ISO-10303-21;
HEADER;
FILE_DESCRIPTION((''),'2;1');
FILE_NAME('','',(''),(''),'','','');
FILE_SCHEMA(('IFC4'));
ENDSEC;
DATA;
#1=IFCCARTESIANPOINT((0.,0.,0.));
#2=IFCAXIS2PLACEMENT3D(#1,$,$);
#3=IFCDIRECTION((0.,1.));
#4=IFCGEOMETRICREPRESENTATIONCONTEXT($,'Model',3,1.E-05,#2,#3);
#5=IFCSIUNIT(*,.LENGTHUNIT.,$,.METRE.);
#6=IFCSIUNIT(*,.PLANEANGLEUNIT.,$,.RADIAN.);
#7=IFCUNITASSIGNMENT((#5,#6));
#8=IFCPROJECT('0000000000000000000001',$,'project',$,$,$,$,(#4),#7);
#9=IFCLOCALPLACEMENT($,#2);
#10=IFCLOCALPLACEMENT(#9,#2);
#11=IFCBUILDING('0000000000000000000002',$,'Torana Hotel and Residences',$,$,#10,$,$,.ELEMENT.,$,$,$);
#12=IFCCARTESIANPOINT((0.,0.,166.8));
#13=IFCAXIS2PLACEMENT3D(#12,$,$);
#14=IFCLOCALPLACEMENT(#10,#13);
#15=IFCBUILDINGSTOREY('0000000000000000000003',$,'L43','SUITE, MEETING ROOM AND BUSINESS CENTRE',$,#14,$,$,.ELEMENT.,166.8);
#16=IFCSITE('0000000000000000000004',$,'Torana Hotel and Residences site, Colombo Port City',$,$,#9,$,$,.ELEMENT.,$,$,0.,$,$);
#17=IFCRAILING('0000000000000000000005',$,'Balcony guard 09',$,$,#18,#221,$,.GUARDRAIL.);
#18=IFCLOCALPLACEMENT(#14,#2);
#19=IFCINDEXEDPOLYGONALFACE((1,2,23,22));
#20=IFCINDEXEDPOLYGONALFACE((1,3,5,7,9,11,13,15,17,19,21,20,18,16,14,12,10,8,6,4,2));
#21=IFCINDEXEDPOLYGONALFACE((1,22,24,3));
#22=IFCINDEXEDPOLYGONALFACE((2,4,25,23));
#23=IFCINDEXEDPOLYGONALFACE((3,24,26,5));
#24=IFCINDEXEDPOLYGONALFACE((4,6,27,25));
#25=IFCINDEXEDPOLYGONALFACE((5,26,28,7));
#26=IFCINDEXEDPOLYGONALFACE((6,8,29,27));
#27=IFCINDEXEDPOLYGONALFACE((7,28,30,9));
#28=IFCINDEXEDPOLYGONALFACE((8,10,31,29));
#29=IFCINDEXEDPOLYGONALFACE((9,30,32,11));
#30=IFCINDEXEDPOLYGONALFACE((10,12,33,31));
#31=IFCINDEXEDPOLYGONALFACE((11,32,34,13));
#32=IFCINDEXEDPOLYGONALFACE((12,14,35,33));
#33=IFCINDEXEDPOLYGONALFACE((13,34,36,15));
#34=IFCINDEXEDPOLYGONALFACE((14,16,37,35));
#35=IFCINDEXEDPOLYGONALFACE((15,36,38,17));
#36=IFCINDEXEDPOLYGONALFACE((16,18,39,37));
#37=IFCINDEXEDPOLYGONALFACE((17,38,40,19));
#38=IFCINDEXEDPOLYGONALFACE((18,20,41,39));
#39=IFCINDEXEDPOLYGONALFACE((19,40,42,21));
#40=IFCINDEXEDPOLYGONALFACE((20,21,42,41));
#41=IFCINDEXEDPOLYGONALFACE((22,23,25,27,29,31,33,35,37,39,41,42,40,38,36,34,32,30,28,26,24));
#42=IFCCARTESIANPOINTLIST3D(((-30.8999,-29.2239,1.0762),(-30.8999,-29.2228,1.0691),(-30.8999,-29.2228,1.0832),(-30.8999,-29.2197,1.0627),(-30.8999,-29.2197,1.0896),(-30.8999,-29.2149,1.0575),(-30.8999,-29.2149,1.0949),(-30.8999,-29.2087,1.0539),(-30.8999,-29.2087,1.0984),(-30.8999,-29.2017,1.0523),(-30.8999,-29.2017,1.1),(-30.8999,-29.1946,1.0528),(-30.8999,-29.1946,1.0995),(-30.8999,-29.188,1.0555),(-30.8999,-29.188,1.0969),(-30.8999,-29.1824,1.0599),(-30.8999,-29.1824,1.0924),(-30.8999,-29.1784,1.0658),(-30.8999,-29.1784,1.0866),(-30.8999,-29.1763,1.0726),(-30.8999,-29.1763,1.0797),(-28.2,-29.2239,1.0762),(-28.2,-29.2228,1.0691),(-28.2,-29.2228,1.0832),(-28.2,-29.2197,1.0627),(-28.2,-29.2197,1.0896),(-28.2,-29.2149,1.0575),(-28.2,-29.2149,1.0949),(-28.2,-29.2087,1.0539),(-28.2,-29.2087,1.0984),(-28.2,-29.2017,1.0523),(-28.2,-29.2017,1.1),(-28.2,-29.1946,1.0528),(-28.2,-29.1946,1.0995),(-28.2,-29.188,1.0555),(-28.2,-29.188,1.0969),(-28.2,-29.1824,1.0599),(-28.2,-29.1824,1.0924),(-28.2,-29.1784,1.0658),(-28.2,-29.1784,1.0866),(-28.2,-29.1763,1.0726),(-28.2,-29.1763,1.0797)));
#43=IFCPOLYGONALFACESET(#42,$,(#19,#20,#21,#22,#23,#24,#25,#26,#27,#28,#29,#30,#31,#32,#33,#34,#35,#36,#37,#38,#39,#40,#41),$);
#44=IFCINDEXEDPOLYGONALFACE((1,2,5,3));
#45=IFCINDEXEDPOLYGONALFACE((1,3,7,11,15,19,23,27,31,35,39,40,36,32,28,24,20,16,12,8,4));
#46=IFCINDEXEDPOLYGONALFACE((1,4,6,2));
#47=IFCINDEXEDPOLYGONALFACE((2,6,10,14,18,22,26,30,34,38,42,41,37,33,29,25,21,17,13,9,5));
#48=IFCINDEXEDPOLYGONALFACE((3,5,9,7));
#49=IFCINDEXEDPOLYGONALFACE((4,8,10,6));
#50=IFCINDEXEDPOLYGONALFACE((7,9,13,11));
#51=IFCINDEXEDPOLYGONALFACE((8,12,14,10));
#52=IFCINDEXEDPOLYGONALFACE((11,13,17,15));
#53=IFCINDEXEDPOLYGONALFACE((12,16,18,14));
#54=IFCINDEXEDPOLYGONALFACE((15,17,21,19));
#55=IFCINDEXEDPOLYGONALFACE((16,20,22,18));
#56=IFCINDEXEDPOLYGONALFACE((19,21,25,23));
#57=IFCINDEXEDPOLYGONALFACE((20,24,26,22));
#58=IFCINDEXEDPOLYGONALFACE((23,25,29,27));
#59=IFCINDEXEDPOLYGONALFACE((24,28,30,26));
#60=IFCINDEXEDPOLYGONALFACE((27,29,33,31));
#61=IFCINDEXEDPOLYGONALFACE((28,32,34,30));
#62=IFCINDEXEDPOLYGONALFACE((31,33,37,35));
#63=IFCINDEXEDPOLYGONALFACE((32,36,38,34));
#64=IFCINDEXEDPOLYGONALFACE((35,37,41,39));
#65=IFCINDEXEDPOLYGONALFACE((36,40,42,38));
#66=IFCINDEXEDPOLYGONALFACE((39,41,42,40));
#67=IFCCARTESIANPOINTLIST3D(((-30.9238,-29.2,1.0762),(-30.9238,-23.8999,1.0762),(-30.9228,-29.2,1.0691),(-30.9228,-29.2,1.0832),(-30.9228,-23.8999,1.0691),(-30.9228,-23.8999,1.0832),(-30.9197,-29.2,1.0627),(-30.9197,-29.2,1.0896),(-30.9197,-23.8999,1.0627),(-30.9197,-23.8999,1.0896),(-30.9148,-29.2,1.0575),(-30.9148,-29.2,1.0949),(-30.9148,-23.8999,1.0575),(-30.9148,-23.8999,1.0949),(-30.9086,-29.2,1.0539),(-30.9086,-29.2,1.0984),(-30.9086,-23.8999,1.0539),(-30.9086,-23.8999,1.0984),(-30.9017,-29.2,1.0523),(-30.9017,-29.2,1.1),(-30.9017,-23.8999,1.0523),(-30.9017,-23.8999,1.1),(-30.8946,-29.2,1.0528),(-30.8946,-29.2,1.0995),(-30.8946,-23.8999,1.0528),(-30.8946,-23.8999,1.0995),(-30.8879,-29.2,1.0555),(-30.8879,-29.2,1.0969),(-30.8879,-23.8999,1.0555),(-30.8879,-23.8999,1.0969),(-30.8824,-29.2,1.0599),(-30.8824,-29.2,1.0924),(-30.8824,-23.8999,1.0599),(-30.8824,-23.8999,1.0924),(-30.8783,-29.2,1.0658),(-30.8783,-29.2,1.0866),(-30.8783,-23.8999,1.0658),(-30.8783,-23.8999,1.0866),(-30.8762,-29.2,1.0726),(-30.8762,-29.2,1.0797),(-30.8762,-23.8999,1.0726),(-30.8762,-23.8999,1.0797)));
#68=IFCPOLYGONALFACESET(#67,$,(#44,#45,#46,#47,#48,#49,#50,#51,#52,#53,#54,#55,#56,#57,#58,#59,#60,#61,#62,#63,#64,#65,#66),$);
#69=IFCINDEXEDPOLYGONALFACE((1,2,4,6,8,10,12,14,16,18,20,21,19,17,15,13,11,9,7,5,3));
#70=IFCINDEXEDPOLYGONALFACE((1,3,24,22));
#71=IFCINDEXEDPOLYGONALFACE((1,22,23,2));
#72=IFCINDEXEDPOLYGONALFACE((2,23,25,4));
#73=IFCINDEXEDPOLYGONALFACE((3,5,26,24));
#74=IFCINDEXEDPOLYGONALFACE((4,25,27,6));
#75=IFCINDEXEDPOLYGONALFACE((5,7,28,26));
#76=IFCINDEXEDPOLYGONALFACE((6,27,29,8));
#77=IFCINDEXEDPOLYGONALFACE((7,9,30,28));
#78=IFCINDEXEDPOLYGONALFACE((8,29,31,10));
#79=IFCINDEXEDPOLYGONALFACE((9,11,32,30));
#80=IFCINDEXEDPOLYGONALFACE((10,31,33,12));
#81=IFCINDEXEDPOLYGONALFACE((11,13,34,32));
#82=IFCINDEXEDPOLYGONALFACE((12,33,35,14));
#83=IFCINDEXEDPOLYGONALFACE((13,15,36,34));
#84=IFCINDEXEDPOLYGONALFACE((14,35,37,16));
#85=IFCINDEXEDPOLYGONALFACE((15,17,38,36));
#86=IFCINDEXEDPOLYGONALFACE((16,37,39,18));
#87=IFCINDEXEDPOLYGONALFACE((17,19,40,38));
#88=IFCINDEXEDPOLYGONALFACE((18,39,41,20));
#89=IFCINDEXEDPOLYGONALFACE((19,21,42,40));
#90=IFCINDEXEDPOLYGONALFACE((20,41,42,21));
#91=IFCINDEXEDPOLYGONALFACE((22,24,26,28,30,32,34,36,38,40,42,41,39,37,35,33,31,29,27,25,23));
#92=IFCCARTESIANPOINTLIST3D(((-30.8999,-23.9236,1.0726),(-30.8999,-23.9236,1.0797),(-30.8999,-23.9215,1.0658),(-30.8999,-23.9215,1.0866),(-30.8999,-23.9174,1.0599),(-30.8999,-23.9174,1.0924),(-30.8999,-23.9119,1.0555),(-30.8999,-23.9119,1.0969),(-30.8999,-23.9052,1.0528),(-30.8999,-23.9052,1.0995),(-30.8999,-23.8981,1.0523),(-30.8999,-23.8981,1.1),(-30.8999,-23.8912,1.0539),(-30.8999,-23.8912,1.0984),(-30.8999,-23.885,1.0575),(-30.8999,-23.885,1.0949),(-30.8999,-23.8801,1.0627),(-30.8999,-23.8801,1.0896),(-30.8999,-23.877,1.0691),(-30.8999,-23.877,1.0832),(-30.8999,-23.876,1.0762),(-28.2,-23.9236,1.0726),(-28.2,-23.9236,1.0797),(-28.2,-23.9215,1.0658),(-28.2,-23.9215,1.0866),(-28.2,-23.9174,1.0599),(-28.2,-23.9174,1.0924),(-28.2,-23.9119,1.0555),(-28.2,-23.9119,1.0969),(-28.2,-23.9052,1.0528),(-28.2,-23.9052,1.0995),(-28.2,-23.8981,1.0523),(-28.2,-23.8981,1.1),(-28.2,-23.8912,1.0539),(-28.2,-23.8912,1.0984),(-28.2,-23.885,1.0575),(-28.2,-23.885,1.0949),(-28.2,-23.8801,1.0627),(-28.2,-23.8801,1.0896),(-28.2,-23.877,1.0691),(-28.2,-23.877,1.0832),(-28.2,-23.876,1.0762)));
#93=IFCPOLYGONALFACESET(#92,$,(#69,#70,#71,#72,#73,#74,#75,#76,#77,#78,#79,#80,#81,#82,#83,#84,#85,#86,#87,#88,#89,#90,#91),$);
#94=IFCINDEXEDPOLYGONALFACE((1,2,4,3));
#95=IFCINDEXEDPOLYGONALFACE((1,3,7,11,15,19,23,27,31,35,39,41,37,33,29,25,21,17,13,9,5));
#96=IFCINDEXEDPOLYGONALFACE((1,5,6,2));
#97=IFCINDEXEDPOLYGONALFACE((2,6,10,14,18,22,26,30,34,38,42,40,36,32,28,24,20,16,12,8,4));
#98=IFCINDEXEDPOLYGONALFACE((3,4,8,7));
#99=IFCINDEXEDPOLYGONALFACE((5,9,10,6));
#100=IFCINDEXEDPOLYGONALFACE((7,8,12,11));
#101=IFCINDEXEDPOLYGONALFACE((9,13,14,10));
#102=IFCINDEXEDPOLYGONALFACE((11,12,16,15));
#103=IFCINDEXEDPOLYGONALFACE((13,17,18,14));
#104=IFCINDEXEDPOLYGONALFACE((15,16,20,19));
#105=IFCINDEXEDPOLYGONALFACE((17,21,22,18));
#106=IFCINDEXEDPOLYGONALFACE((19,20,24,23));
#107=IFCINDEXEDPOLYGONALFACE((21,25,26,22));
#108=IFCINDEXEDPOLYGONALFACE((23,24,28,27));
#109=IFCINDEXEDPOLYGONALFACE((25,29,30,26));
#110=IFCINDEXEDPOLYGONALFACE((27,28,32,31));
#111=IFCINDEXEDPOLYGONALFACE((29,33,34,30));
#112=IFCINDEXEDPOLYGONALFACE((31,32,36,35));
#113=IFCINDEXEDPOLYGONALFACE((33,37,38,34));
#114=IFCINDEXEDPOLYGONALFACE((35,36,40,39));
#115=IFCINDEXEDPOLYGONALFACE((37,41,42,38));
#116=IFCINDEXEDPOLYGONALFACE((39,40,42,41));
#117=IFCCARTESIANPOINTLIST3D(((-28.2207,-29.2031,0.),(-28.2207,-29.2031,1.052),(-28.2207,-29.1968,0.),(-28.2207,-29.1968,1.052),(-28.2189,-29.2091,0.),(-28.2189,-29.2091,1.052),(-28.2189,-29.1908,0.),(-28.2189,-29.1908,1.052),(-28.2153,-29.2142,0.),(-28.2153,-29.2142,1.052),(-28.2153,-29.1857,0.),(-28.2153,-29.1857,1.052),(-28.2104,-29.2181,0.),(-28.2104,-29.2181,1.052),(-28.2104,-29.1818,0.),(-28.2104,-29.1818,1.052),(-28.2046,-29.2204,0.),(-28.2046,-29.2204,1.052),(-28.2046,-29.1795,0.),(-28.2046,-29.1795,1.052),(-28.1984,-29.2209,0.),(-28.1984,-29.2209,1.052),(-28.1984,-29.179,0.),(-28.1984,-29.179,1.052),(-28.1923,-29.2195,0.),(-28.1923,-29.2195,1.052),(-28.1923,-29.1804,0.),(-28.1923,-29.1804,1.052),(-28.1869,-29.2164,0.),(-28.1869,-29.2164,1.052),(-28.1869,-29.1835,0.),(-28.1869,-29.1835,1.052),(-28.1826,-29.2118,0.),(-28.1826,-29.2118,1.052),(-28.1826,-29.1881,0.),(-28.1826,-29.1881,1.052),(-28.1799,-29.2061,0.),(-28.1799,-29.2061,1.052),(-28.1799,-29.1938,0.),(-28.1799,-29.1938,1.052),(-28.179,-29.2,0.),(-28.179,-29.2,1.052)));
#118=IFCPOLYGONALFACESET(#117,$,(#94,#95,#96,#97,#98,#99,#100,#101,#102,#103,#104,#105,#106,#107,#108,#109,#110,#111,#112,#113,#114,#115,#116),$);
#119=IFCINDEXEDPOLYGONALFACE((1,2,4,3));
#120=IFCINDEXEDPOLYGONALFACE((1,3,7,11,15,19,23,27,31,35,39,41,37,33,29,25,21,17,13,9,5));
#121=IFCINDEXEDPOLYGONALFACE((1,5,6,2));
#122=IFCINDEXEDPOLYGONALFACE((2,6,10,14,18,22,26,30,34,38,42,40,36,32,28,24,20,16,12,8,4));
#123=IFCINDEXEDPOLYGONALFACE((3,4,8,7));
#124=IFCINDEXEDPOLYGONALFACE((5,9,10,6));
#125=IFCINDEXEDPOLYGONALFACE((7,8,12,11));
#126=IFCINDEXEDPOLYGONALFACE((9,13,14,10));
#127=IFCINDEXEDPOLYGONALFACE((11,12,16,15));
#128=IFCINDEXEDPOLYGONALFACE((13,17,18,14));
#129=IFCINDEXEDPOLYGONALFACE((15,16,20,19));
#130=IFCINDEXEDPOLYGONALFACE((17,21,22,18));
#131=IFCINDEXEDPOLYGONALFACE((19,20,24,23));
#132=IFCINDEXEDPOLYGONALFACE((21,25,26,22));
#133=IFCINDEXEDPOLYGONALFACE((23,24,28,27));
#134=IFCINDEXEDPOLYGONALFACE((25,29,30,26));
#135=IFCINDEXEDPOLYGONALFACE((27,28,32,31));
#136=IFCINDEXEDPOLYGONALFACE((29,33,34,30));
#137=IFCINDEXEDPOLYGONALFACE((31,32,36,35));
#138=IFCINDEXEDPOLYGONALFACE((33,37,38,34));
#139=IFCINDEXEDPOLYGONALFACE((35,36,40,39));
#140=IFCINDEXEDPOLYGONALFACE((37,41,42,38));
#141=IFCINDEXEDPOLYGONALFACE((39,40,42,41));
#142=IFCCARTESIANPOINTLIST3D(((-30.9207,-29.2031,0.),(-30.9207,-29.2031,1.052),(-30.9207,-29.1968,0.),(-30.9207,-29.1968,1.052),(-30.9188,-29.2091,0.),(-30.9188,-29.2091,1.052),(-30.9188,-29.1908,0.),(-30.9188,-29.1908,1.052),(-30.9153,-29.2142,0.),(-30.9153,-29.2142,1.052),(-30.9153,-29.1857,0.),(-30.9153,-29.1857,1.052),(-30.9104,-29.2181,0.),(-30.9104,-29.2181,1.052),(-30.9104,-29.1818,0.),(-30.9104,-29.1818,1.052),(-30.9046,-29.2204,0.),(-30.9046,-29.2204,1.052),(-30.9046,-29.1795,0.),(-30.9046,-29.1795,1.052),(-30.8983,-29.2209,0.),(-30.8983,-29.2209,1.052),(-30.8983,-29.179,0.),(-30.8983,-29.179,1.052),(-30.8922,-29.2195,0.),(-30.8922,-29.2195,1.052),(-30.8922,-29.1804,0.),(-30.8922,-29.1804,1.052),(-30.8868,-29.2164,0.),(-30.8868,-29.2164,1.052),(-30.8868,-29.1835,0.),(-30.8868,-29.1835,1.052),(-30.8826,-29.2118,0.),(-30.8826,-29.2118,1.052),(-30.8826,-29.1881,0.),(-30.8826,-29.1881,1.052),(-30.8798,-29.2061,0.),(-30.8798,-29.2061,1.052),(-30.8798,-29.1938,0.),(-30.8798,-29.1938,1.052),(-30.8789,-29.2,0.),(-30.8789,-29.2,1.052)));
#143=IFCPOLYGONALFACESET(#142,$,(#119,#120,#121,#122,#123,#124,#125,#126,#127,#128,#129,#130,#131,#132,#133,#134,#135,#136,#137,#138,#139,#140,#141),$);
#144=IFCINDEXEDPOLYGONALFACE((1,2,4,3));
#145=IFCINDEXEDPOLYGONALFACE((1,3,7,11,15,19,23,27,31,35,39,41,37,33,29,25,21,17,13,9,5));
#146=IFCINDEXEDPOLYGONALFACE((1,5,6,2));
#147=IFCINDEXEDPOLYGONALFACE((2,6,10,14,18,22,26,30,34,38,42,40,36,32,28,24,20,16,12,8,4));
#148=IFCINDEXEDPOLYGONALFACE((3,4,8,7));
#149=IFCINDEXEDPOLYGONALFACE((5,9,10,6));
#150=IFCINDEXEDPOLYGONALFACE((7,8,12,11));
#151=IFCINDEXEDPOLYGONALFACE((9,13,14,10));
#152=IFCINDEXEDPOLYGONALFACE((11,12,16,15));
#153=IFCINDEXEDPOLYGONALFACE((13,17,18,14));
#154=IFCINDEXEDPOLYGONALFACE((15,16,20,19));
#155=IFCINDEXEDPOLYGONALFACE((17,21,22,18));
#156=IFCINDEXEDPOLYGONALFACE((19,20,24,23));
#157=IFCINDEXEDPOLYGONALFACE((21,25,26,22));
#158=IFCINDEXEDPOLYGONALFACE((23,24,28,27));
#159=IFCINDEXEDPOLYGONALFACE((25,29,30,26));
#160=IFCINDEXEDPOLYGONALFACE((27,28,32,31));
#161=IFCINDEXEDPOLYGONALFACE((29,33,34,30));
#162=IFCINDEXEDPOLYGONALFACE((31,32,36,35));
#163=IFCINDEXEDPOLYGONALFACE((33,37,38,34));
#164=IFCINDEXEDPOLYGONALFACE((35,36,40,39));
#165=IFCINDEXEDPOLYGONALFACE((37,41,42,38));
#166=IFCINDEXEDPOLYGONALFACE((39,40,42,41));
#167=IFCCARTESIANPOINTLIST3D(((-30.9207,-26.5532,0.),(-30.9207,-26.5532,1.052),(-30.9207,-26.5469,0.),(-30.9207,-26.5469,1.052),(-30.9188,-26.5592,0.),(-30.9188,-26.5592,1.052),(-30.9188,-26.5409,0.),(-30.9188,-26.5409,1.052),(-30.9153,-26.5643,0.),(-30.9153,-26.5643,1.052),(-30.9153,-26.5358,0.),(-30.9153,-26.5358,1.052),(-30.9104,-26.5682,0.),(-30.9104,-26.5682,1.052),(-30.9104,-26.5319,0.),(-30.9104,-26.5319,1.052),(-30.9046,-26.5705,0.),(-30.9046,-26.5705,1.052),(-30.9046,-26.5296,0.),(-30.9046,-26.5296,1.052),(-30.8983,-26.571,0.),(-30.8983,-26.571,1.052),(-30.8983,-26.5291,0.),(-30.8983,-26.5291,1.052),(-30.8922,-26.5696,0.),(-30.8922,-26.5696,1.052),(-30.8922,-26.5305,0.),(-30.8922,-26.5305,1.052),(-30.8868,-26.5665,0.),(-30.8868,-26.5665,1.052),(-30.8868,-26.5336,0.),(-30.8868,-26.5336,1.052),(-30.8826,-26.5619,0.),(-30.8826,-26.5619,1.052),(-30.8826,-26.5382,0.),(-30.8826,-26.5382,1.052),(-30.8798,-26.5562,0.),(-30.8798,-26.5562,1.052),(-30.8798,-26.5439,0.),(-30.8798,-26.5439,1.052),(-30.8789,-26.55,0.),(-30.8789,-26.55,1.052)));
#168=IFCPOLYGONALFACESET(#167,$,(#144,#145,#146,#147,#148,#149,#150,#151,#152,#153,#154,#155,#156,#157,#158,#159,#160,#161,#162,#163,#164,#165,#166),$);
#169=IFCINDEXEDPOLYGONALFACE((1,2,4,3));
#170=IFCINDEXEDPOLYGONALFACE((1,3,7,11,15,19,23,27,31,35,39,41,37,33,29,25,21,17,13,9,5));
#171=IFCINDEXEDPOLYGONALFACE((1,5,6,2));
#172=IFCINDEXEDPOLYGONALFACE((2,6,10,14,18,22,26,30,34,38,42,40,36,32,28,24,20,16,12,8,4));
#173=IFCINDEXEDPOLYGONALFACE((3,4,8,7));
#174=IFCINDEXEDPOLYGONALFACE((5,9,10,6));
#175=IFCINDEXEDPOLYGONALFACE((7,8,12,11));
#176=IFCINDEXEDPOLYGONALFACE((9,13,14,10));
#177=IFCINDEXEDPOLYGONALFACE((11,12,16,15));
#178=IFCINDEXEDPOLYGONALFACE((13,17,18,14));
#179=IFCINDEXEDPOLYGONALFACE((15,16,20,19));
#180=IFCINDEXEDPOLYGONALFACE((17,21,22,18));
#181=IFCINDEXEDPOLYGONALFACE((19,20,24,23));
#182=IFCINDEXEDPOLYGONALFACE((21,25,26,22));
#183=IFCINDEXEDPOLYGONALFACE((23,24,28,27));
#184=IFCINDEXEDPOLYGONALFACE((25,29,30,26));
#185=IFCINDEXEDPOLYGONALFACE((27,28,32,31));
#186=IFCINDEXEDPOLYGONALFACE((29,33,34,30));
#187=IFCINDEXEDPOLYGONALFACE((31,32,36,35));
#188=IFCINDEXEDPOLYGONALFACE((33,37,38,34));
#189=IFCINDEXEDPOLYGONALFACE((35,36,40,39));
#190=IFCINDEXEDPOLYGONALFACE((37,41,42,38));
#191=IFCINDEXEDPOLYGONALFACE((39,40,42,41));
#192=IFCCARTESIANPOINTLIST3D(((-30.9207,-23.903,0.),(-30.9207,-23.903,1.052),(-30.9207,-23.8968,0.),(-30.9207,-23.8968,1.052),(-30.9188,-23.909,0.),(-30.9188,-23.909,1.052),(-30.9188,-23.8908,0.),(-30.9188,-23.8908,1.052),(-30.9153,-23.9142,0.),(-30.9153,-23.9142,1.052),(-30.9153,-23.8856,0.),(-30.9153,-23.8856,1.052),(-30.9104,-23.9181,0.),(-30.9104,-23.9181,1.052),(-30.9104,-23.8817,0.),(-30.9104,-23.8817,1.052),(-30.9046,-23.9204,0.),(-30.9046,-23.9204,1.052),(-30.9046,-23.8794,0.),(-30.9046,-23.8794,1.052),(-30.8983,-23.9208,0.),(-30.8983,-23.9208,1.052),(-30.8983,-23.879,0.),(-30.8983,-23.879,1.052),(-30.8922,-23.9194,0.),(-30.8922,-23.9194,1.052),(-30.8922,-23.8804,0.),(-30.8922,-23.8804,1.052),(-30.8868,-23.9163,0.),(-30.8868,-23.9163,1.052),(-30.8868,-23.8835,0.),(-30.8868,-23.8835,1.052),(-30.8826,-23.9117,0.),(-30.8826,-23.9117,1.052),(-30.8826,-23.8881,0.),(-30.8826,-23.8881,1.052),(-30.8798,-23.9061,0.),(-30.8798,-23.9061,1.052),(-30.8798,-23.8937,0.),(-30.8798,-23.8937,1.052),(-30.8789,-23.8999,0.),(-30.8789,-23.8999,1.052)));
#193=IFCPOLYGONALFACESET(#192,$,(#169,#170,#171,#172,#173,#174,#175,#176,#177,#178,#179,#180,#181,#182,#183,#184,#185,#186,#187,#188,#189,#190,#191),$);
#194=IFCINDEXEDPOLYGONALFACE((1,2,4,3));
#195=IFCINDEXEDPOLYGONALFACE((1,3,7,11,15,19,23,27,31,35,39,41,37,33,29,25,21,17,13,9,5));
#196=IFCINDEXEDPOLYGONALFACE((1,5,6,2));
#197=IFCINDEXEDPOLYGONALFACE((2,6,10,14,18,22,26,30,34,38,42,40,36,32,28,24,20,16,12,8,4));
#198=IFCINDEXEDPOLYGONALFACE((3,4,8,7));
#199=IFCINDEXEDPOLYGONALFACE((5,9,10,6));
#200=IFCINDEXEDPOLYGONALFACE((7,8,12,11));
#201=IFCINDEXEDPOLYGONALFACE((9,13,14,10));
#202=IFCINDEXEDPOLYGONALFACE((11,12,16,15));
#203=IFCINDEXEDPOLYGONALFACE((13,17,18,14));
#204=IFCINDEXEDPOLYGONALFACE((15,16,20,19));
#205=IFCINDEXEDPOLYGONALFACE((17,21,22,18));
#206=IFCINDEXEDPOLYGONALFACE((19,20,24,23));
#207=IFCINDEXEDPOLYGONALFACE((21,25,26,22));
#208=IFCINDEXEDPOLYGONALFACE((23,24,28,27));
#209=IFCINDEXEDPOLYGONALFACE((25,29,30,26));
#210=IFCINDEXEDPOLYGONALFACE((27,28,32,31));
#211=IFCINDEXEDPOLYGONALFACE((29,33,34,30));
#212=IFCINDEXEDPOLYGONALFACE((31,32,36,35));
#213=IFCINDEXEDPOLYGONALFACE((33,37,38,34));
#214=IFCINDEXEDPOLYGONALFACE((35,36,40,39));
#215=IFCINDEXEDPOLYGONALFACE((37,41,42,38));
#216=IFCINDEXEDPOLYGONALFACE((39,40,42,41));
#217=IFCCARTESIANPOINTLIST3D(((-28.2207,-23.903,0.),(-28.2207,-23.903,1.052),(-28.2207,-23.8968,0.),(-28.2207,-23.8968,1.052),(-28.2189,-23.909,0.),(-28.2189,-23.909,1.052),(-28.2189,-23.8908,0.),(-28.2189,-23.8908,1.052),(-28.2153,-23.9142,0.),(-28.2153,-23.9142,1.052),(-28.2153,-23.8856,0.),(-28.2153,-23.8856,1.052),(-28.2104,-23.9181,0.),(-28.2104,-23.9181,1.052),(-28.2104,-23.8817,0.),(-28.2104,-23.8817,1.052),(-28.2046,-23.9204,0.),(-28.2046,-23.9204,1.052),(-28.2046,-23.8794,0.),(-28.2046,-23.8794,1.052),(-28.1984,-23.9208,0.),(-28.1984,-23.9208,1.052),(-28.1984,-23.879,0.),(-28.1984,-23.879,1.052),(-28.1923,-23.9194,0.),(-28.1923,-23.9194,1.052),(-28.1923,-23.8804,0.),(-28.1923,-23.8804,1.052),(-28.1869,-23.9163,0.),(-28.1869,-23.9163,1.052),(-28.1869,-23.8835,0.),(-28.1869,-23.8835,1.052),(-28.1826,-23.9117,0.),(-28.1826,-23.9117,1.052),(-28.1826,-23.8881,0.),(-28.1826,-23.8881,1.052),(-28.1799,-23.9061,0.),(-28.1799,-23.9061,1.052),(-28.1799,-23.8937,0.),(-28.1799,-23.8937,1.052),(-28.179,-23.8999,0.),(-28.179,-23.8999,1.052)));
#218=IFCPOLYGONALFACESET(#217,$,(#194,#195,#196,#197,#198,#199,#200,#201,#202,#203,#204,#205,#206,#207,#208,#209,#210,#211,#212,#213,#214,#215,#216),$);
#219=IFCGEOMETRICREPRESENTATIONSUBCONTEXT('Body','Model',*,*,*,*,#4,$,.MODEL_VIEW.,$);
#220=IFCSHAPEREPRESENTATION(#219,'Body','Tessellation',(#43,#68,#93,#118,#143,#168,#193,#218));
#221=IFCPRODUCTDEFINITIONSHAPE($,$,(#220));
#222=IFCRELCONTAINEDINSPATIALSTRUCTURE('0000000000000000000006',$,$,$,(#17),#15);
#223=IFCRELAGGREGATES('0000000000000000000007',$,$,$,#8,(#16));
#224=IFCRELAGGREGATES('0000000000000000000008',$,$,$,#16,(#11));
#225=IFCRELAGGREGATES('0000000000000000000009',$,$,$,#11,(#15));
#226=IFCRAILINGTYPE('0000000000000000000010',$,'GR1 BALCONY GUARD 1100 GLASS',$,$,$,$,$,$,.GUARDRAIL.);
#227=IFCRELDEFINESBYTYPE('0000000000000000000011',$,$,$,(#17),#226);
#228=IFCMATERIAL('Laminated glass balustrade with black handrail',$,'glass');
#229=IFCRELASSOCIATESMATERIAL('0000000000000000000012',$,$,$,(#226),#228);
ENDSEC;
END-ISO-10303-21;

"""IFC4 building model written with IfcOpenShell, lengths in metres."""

from ifc_helpers import new_model, si_unit, direction, frame, origin, origin_2d, place, context, subcontext, project, spatial, circle, extrude, material, type_object, element, save


model = new_model("IFC4")

# Units and contexts
model_context = context("Model", 3, precision=1e-05, world=origin(), true_north=direction((0.0, 1.0)))
body_context = subcontext(model_context, "Body", "Model", "MODEL_VIEW")
ifc_project = project(units=[si_unit("LENGTHUNIT", "METRE"), si_unit("PLANEANGLEUNIT", "RADIAN")], contexts=[model_context])

# Site, building, storey
site_placement = place(None, origin())
site = spatial("IfcSite", under=ifc_project, at=site_placement, Name="Torana Hotel and Residences site, Colombo Port City", CompositionType="ELEMENT", RefElevation=0.0)
building_placement = place(site_placement, origin())
building = spatial("IfcBuilding", under=site, at=building_placement, Name="Torana Hotel and Residences", CompositionType="ELEMENT")
storey_placement = place(building_placement, frame((0.0, 0.0, 166.8)))
storey = spatial("IfcBuildingStorey", under=building, at=storey_placement, Name="L43", Description="SUITE, MEETING ROOM AND BUSINESS CENTRE", CompositionType="ELEMENT", Elevation=166.8)

# Railing
ifc_material_1 = material(Name="Laminated glass balustrade with black handrail", Category="glass")
railing_type = type_object("IfcRailingType", Name="GR1 BALCONY GUARD 1100 GLASS", PredefinedType="GUARDRAIL", material=ifc_material_1)
railing_placement = place(storey_placement, frame((-28.2, -29.2, 0.0)))
element("IfcRailing", 1, at=railing_placement, inside=storey, type_object=railing_type, Name="Balcony guard 09", PredefinedType="GUARDRAIL", context=body_context, shape_type="SweptSolid", body=[
    extrude(circle(Radius=0.0239, at=origin_2d()), frame((0.0, 0.0, 1.0762), z_axis=(-1.0, 0.0, 0.0), x_axis=(0.0, -1.0, 0.0)), (0.0, 0.0, 1.0), 2.7),
    extrude(circle(Radius=0.0239, at=origin_2d()), frame((-2.7, 0.0, 1.0762), z_axis=(0.0, 1.0, 0.0), x_axis=(-1.0, 0.0, 0.0)), (0.0, 0.0, 1.0), 5.3),
    extrude(circle(Radius=0.0239, at=origin_2d()), frame((-2.7, 5.3, 1.0762), z_axis=(1.0, 0.0, 0.0), x_axis=(0.0, 1.0, 0.0)), (0.0, 0.0, 1.0), 2.7),
    extrude(circle(Radius=0.021, at=origin_2d()), origin(), (0.0, 0.0, 1.0), 1.052),
    extrude(circle(Radius=0.021, at=origin_2d()), frame((-2.7, 0.0, 0.0)), (0.0, 0.0, 1.0), 1.052),
    extrude(circle(Radius=0.021, at=origin_2d()), frame((-2.7, 2.6499, 0.0)), (0.0, 0.0, 1.0), 1.052),
    extrude(circle(Radius=0.021, at=origin_2d()), frame((-2.7, 5.3, 0.0)), (0.0, 0.0, 1.0), 1.052),
    extrude(circle(Radius=0.021, at=origin_2d()), frame((0.0, 5.3, 0.0)), (0.0, 0.0, 1.0), 1.052),
])

save(model, "model.ifc")
